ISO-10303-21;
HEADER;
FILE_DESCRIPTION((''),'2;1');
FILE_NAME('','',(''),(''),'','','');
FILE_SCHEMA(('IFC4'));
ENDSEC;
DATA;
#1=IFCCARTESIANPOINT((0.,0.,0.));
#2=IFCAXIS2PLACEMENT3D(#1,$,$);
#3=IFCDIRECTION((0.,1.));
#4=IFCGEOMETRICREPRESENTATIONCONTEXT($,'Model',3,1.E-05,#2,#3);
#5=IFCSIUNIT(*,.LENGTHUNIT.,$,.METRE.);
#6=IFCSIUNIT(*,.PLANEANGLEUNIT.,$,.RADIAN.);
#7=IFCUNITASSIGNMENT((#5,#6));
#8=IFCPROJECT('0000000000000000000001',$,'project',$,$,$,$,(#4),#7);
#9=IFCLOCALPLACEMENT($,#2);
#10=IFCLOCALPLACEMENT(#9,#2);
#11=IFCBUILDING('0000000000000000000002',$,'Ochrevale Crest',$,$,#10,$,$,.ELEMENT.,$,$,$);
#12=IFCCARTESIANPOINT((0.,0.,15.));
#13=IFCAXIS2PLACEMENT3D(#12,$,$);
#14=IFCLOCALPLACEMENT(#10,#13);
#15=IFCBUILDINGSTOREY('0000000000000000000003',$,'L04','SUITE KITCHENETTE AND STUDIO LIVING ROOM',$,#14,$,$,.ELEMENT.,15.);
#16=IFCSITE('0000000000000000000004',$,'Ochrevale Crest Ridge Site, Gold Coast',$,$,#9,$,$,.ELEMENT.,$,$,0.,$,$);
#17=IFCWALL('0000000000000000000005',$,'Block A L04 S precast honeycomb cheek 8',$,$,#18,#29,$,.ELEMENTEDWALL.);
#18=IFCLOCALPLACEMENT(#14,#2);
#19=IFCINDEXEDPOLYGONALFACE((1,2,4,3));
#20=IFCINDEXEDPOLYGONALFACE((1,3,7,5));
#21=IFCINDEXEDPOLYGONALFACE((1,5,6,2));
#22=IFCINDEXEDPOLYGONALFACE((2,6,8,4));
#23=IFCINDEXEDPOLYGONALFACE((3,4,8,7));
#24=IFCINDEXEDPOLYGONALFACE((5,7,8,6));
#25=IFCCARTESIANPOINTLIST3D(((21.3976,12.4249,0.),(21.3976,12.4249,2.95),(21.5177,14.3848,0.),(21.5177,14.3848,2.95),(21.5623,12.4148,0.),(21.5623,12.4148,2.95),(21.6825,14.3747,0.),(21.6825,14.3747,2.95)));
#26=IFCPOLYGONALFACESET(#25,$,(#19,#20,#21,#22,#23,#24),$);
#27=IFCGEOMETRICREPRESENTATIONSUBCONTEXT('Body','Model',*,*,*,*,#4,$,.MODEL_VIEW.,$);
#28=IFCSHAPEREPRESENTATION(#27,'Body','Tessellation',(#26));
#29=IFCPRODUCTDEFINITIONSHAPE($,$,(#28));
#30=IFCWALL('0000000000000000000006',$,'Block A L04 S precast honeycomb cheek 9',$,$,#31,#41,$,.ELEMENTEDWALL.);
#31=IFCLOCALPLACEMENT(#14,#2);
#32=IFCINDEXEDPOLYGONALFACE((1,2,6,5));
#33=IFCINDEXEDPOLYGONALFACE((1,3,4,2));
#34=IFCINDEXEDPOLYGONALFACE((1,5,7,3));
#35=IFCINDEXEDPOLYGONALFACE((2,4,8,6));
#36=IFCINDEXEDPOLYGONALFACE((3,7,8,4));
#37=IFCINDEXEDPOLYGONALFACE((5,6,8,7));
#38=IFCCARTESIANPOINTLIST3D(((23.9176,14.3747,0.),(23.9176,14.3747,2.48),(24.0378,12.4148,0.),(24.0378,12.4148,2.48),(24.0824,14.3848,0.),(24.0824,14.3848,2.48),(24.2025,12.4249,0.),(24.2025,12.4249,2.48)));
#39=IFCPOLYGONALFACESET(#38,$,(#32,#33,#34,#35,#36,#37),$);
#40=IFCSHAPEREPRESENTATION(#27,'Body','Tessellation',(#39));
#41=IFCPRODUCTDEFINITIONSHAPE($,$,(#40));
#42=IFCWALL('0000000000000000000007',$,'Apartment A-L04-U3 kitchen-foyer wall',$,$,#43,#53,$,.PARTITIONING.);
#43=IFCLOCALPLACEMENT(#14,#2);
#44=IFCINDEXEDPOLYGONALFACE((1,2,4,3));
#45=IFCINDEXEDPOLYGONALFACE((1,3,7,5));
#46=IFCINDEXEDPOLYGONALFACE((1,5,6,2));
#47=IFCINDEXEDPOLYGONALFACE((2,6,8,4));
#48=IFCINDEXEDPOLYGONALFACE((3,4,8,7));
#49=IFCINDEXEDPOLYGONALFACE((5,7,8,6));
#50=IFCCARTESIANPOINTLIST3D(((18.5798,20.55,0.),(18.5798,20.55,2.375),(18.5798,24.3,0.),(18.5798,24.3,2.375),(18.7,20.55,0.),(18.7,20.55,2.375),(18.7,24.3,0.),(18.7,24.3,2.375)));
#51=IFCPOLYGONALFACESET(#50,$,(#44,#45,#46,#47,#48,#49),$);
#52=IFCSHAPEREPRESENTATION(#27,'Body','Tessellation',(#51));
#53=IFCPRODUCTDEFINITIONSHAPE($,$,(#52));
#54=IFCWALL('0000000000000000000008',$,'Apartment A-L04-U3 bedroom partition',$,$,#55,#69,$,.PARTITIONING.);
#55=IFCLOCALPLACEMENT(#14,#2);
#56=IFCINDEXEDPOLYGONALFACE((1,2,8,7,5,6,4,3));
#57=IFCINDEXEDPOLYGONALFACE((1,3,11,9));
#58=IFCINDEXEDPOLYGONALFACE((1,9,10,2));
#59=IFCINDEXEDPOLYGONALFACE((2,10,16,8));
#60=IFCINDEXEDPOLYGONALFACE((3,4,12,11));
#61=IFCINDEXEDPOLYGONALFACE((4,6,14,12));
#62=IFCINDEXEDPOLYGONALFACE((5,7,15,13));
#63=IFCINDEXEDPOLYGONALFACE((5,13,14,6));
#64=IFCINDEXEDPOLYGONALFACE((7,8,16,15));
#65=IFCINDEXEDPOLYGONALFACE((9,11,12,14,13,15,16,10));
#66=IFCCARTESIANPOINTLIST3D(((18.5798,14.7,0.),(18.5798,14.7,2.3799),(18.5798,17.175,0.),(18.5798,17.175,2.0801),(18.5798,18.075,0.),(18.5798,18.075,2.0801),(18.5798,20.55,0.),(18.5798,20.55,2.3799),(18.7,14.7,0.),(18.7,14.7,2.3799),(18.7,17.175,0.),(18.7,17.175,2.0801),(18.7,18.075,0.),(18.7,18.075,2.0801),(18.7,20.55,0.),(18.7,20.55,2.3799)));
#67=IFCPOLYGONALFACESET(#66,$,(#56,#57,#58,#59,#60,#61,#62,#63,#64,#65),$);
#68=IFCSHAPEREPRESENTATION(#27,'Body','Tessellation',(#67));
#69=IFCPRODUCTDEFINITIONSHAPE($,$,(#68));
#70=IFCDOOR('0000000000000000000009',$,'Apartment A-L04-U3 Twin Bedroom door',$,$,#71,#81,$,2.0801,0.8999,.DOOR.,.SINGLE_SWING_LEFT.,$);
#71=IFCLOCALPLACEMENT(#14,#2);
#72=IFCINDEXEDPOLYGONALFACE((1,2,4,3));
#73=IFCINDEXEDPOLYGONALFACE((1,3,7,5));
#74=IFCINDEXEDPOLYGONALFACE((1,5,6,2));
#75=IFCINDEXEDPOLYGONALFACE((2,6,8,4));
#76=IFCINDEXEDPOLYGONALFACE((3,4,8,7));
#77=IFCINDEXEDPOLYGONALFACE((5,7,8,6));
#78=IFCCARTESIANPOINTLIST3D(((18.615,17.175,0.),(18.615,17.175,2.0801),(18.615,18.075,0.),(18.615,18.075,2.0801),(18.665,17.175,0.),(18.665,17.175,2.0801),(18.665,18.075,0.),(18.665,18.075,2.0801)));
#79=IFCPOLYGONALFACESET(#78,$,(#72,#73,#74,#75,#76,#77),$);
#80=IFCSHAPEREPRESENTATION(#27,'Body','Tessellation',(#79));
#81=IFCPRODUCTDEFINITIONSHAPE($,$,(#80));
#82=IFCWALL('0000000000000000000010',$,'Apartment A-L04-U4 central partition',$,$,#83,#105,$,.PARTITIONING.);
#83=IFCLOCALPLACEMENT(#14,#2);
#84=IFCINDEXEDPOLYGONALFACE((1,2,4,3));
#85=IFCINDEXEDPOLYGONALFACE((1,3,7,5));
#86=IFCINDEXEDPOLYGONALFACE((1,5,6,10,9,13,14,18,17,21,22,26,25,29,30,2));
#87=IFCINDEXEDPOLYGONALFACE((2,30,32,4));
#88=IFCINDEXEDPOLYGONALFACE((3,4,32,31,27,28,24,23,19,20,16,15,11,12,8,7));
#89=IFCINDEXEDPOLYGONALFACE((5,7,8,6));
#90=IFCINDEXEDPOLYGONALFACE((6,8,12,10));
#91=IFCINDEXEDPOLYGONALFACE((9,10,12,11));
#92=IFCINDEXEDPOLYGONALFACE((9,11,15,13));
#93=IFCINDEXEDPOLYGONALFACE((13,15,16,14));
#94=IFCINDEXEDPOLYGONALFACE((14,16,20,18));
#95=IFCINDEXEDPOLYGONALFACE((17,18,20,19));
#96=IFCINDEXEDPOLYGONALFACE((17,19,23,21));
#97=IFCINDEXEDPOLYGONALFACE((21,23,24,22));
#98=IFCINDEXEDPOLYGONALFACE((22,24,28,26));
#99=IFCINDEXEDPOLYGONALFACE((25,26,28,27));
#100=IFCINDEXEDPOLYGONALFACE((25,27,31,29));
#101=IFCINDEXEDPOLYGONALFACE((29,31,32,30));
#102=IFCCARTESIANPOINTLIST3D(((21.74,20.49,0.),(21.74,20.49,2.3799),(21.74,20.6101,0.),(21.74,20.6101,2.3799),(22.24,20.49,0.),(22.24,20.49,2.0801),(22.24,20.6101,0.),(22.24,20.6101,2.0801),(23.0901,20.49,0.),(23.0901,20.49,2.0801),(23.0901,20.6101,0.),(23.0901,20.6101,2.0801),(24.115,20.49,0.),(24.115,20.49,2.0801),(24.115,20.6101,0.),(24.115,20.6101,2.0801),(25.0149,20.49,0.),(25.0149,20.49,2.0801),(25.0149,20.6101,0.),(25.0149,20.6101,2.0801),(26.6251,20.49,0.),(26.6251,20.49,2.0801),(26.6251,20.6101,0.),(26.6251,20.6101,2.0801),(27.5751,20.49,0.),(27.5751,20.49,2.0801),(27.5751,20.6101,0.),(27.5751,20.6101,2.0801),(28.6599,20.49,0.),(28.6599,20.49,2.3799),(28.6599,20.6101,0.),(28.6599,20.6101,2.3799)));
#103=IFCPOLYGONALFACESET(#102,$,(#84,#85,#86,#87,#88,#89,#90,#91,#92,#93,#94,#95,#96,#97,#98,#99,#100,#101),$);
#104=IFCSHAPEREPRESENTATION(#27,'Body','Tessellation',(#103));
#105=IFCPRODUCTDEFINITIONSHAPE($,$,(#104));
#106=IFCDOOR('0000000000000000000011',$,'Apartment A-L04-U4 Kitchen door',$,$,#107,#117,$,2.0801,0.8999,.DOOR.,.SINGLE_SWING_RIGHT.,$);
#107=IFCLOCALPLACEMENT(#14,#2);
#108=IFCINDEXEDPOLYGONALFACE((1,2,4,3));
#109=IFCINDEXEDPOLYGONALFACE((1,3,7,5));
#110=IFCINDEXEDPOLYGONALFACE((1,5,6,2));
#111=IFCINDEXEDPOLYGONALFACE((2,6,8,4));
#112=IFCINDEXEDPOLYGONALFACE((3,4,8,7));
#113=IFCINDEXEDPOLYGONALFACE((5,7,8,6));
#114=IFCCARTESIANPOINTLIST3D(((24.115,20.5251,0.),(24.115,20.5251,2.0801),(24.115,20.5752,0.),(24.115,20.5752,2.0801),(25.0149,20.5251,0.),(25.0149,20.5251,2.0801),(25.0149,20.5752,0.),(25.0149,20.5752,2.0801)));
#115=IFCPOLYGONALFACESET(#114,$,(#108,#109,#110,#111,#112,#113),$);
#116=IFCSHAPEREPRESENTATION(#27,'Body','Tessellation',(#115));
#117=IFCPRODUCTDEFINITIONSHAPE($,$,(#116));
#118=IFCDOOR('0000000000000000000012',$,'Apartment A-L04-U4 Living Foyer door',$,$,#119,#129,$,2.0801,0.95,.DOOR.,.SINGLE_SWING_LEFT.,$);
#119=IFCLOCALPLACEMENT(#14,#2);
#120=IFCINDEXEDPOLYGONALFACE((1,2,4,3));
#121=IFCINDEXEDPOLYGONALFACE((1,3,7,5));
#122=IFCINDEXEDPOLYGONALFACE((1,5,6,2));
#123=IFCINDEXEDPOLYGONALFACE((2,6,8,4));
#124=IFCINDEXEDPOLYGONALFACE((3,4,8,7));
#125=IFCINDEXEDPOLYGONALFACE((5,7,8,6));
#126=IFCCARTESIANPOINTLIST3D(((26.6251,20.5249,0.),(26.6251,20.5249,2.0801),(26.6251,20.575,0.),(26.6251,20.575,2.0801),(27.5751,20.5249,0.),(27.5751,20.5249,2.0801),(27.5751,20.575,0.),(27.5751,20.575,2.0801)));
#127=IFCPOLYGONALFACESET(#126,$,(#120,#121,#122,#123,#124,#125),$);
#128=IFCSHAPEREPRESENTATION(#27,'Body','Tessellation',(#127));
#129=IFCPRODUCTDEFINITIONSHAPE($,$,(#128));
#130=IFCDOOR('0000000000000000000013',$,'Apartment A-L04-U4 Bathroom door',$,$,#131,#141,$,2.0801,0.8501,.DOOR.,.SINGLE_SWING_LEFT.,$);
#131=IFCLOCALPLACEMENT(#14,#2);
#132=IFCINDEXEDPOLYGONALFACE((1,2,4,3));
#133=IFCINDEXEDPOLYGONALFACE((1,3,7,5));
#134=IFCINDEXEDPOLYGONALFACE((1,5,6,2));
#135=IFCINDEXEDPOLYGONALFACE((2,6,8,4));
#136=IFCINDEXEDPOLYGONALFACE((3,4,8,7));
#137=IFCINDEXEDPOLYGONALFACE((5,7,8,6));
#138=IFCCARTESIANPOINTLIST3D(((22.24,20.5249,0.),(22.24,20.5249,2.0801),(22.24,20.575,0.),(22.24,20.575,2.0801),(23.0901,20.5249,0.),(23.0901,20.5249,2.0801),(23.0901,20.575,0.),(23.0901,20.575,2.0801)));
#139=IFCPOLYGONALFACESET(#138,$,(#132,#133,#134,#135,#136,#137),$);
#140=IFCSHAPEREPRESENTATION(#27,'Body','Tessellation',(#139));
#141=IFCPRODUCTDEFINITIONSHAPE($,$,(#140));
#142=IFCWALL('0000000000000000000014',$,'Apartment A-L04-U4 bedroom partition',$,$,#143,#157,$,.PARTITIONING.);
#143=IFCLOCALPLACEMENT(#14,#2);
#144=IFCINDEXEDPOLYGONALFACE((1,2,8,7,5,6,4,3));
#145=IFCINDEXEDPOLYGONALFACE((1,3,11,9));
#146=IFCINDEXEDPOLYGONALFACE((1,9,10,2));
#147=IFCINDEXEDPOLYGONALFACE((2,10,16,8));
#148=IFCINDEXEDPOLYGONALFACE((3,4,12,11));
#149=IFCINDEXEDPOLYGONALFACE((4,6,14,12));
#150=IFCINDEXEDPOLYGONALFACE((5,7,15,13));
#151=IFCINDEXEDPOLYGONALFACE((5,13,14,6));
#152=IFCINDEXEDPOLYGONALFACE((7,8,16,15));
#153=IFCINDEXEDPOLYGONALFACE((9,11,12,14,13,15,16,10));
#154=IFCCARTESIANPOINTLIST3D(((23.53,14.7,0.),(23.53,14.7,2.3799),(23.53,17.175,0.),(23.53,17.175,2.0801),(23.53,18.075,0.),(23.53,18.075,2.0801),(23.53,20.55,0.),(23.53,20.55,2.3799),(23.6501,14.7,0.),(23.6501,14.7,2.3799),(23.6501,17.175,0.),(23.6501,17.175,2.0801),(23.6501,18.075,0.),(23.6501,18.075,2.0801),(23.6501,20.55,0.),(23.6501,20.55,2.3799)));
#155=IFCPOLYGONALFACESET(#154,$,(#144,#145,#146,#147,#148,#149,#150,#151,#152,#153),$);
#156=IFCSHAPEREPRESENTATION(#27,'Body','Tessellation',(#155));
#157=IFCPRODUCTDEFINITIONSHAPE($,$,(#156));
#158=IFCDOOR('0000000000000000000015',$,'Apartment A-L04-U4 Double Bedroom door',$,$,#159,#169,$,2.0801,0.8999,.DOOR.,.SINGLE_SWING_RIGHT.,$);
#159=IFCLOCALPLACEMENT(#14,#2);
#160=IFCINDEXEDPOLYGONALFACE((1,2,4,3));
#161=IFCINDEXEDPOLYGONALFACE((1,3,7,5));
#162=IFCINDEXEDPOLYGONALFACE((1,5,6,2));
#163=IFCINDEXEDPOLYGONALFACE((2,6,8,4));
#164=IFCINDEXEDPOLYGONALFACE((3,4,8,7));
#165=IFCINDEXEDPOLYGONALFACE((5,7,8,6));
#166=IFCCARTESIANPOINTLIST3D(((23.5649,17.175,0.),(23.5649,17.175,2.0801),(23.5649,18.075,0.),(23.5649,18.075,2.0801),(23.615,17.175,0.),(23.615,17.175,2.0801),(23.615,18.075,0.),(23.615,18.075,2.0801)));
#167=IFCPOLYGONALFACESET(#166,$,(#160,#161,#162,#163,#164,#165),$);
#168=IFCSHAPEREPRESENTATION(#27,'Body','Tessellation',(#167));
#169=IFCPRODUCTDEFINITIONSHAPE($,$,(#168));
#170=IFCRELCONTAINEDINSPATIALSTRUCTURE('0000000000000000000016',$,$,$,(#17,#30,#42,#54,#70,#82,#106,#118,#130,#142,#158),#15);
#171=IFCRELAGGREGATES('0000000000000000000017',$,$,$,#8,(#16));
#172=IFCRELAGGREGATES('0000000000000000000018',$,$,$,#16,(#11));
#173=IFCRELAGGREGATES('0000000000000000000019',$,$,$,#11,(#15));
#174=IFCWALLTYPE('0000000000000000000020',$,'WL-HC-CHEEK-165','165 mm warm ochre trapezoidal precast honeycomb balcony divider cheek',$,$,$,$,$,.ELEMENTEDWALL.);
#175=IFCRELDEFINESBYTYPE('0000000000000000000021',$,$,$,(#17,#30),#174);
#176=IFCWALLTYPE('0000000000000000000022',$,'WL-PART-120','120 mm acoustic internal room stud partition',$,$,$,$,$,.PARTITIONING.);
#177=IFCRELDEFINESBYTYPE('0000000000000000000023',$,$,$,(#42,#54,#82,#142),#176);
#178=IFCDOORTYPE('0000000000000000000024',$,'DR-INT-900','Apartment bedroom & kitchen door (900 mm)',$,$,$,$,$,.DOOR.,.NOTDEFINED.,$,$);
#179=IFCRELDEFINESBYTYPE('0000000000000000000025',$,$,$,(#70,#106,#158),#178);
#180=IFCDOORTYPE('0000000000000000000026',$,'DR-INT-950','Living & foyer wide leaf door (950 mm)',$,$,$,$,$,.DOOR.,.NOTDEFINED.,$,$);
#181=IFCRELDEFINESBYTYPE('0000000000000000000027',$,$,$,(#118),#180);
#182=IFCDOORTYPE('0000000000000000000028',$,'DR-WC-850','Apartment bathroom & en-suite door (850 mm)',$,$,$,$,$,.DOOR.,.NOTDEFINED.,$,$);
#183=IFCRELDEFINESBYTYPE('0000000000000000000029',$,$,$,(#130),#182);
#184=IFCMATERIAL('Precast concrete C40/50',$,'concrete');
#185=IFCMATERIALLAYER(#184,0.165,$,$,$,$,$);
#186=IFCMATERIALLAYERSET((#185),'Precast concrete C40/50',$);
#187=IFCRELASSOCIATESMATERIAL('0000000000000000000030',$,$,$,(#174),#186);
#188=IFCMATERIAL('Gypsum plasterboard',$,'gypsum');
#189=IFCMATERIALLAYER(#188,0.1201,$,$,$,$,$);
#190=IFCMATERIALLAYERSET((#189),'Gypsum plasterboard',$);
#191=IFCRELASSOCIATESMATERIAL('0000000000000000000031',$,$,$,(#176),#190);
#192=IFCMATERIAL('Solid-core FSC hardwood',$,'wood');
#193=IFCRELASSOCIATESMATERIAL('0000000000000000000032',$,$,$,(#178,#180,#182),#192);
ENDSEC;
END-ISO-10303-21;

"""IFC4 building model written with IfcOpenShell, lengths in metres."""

from ifc_helpers import new_model, si_unit, direction, frame, frame_2d, origin, place, context, subcontext, project, spatial, rectangle, extrude, material, layer, layer_set, type_object, element, fill, save


model = new_model("IFC4")

# Units and contexts
model_context = context("Model", 3, precision=1e-05, world=origin(), true_north=direction((0.0, 1.0)))
body_context = subcontext(model_context, "Body", "Model", "MODEL_VIEW")
ifc_project = project(units=[si_unit("LENGTHUNIT", "METRE"), si_unit("PLANEANGLEUNIT", "RADIAN")], contexts=[model_context])

# Site, building, storey
site_placement = place(None, origin())
site = spatial("IfcSite", under=ifc_project, at=site_placement, Name="Ochrevale Crest Ridge Site, Gold Coast", CompositionType="ELEMENT", RefElevation=0.0)
building_placement = place(site_placement, origin())
building = spatial("IfcBuilding", under=site, at=building_placement, Name="Ochrevale Crest", CompositionType="ELEMENT")
storey_placement = place(building_placement, frame((0.0, 0.0, 15.0)))
storey = spatial("IfcBuildingStorey", under=building, at=storey_placement, Name="L04", Description="SUITE KITCHENETTE AND STUDIO LIVING ROOM", CompositionType="ELEMENT", Elevation=15.0)

# Shared definitions
ifc_material_1 = material(Name="Precast concrete C40/50", Category="concrete")

# Walls
ifc_layer_1 = layer(ifc_material_1, 0.165)
ifc_layer_set_1 = layer_set([ifc_layer_1], Name="Precast concrete C40/50")
wall_type_1 = type_object("IfcWallType", Name="WL-HC-CHEEK-165", Description="165 mm warm ochre trapezoidal precast honeycomb balcony divider cheek", PredefinedType="ELEMENTEDWALL", material=ifc_layer_set_1)
wall_1_placement = place(storey_placement, frame((21.6001, 14.3799, 0.0), z_axis=(0.0, 0.0, 1.0), x_axis=(-0.061171, -0.998127, 0.0)))
element("IfcWall", 1, at=wall_1_placement, inside=storey, type_object=wall_type_1, Name="Block A L04 S precast honeycomb cheek 8", PredefinedType="ELEMENTEDWALL", context=body_context, shape_type="SweptSolid", body=[
    extrude(rectangle(XDim=1.9636, YDim=0.165, at=frame_2d((0.9819, 0.0))), origin(), (0.0, 0.0, 1.0), 2.95),
])
wall_2_placement = place(storey_placement, frame((24.0, 14.3799, 0.0), z_axis=(0.0, 0.0, 1.0), x_axis=(0.061171, -0.998127, 0.0)))
element("IfcWall", 2, at=wall_2_placement, inside=storey, type_object=wall_type_1, Name="Block A L04 S precast honeycomb cheek 9", PredefinedType="ELEMENTEDWALL", context=body_context, shape_type="SweptSolid", body=[
    extrude(rectangle(XDim=1.9636, YDim=0.165, at=frame_2d((0.9819, 0.0))), origin(), (0.0, 0.0, 1.0), 2.48),
])
ifc_material_2 = material(Name="Gypsum plasterboard", Category="gypsum")
ifc_layer_2 = layer(ifc_material_2, 0.1201)
ifc_layer_set_2 = layer_set([ifc_layer_2], Name="Gypsum plasterboard")
wall_type_2 = type_object("IfcWallType", Name="WL-PART-120", Description="120 mm acoustic internal room stud partition", PredefinedType="PARTITIONING", material=ifc_layer_set_2)
wall_3_placement = place(storey_placement, frame((18.6399, 20.55, 0.0), z_axis=(0.0, 0.0, 1.0), x_axis=(0.0, 1.0, 0.0)))
element("IfcWall", 3, at=wall_3_placement, inside=storey, type_object=wall_type_2, Name="Apartment A-L04-U3 kitchen-foyer wall", PredefinedType="PARTITIONING", context=body_context, shape_type="SweptSolid", body=[
    extrude(rectangle(XDim=3.75, YDim=0.1201, at=frame_2d((1.875, 0.0))), origin(), (0.0, 0.0, 1.0), 2.375),
])

# Wall, opening, door
wall_4_placement = place(storey_placement, frame((18.6399, 14.7, 0.0), z_axis=(0.0, 0.0, 1.0), x_axis=(0.0, 1.0, 0.0)))
wall_4 = element("IfcWall", 4, at=wall_4_placement, inside=storey, type_object=wall_type_2, Name="Apartment A-L04-U3 bedroom partition", PredefinedType="PARTITIONING", context=body_context, shape_type="SweptSolid", body=[
    extrude(rectangle(XDim=5.8501, YDim=0.1201, at=frame_2d((2.925, 0.0))), origin(), (0.0, 0.0, 1.0), 2.3799),
])
opening_1_placement = place(wall_4_placement, frame((2.4751, 0.0, 0.0)))
opening_1 = element("IfcOpeningElement", 5, at=opening_1_placement, cuts=wall_4, PredefinedType="OPENING", context=body_context, shape_type="SweptSolid", body=[
    extrude(rectangle(XDim=0.8999, YDim=2.0801, at=frame_2d((0.45, 1.04))), frame((0.0, 0.0701, 0.0), z_axis=(0.0, -1.0, 0.0), x_axis=(1.0, 0.0, 0.0)), (0.0, 0.0, 1.0), 0.1401),
])
ifc_material_3 = material(Name="Solid-core FSC hardwood", Category="wood")
door_type_1 = type_object("IfcDoorType", Name="DR-INT-900", Description="Apartment bedroom & kitchen door (900 mm)", OperationType="NOTDEFINED", PredefinedType="DOOR", material=ifc_material_3)
door_1_placement = place(opening_1_placement, origin())
door_1 = element("IfcDoor", 6, at=door_1_placement, inside=storey, type_object=door_type_1, Name="Apartment A-L04-U3 Twin Bedroom door", OperationType="SINGLE_SWING_LEFT", OverallHeight=2.0801, OverallWidth=0.8999, PredefinedType="DOOR", context=body_context, shape_type="SweptSolid", body=[
    extrude(rectangle(XDim=0.8999, YDim=2.0801, at=frame_2d((0.45, 1.04))), frame((0.0, 0.0249, 0.0), z_axis=(0.0, -1.0, 0.0), x_axis=(1.0, 0.0, 0.0)), (0.0, 0.0, 1.0), 0.05),
])
fill(opening_1, door_1)

# Wall, openings, doors
wall_5_placement = place(storey_placement, frame((21.74, 20.55, 0.0), z_axis=(0.0, 0.0, 1.0), x_axis=(1.0, 0.0, 0.0)))
wall_5 = element("IfcWall", 7, at=wall_5_placement, inside=storey, type_object=wall_type_2, Name="Apartment A-L04-U4 central partition", PredefinedType="PARTITIONING", context=body_context, shape_type="SweptSolid", body=[
    extrude(rectangle(XDim=6.9199, YDim=0.1201, at=frame_2d((3.46, 0.0))), origin(), (0.0, 0.0, 1.0), 2.3799),
])
opening_2_placement = place(wall_5_placement, frame((0.5, 0.0, 0.0)))
opening_2 = element("IfcOpeningElement", 8, at=opening_2_placement, cuts=wall_5, PredefinedType="OPENING", context=body_context, shape_type="SweptSolid", body=[
    extrude(rectangle(XDim=0.8501, YDim=2.0801, at=frame_2d((0.425, 1.04))), frame((0.0, 0.0701, 0.0), z_axis=(0.0, -1.0, 0.0), x_axis=(1.0, 0.0, 0.0)), (0.0, 0.0, 1.0), 0.1401),
])
opening_3_placement = place(wall_5_placement, frame((3.2749, 0.0, 0.0), z_axis=(0.0, 0.0, 1.0), x_axis=(-1.0, 0.0, 0.0)))
opening_3 = element("IfcOpeningElement", 9, at=opening_3_placement, cuts=wall_5, PredefinedType="OPENING", context=body_context, shape_type="SweptSolid", body=[
    extrude(rectangle(XDim=0.8999, YDim=2.0801, at=frame_2d((0.45, 1.04))), frame((0.0, 0.0701, 0.0), z_axis=(0.0, -1.0, 0.0), x_axis=(1.0, 0.0, 0.0)), (0.0, 0.0, 1.0), 0.1401),
])
opening_4_placement = place(wall_5_placement, frame((4.885, 0.0, 0.0)))
opening_4 = element("IfcOpeningElement", 10, at=opening_4_placement, cuts=wall_5, PredefinedType="OPENING", context=body_context, shape_type="SweptSolid", body=[
    extrude(rectangle(XDim=0.95, YDim=2.0801, at=frame_2d((0.4751, 1.04))), frame((0.0, 0.0701, 0.0), z_axis=(0.0, -1.0, 0.0), x_axis=(1.0, 0.0, 0.0)), (0.0, 0.0, 1.0), 0.1401),
])
door_2_placement = place(opening_3_placement, origin())
door_2 = element("IfcDoor", 11, at=door_2_placement, inside=storey, type_object=door_type_1, Name="Apartment A-L04-U4 Kitchen door", OperationType="SINGLE_SWING_RIGHT", OverallHeight=2.0801, OverallWidth=0.8999, PredefinedType="DOOR", context=body_context, shape_type="SweptSolid", body=[
    extrude(rectangle(XDim=0.8999, YDim=2.0801, at=frame_2d((0.45, 1.04))), frame((0.0, 0.0249, 0.0), z_axis=(0.0, -1.0, 0.0), x_axis=(1.0, 0.0, 0.0)), (0.0, 0.0, 1.0), 0.05),
])
fill(opening_3, door_2)
door_type_2 = type_object("IfcDoorType", Name="DR-INT-950", Description="Living & foyer wide leaf door (950 mm)", OperationType="NOTDEFINED", PredefinedType="DOOR", material=ifc_material_3)
door_3_placement = place(opening_4_placement, origin())
door_3 = element("IfcDoor", 12, at=door_3_placement, inside=storey, type_object=door_type_2, Name="Apartment A-L04-U4 Living Foyer door", OperationType="SINGLE_SWING_LEFT", OverallHeight=2.0801, OverallWidth=0.95, PredefinedType="DOOR", context=body_context, shape_type="SweptSolid", body=[
    extrude(rectangle(XDim=0.95, YDim=2.0801, at=frame_2d((0.4751, 1.04))), frame((0.0, 0.0249, 0.0), z_axis=(0.0, -1.0, 0.0), x_axis=(1.0, 0.0, 0.0)), (0.0, 0.0, 1.0), 0.05),
])
fill(opening_4, door_3)
door_type_3 = type_object("IfcDoorType", Name="DR-WC-850", Description="Apartment bathroom & en-suite door (850 mm)", OperationType="NOTDEFINED", PredefinedType="DOOR", material=ifc_material_3)
door_4_placement = place(opening_2_placement, origin())
door_4 = element("IfcDoor", 13, at=door_4_placement, inside=storey, type_object=door_type_3, Name="Apartment A-L04-U4 Bathroom door", OperationType="SINGLE_SWING_LEFT", OverallHeight=2.0801, OverallWidth=0.8501, PredefinedType="DOOR", context=body_context, shape_type="SweptSolid", body=[
    extrude(rectangle(XDim=0.8501, YDim=2.0801, at=frame_2d((0.425, 1.04))), frame((0.0, 0.0249, 0.0), z_axis=(0.0, -1.0, 0.0), x_axis=(1.0, 0.0, 0.0)), (0.0, 0.0, 1.0), 0.05),
])
fill(opening_2, door_4)

# Wall, opening, door
wall_6_placement = place(storey_placement, frame((23.5901, 14.7, 0.0), z_axis=(0.0, 0.0, 1.0), x_axis=(0.0, 1.0, 0.0)))
wall_6 = element("IfcWall", 14, at=wall_6_placement, inside=storey, type_object=wall_type_2, Name="Apartment A-L04-U4 bedroom partition", PredefinedType="PARTITIONING", context=body_context, shape_type="SweptSolid", body=[
    extrude(rectangle(XDim=5.8501, YDim=0.1201, at=frame_2d((2.925, 0.0))), origin(), (0.0, 0.0, 1.0), 2.3799),
])
opening_5_placement = place(wall_6_placement, frame((3.375, 0.0, 0.0), z_axis=(0.0, 0.0, 1.0), x_axis=(-1.0, 0.0, 0.0)))
opening_5 = element("IfcOpeningElement", 15, at=opening_5_placement, cuts=wall_6, PredefinedType="OPENING", context=body_context, shape_type="SweptSolid", body=[
    extrude(rectangle(XDim=0.8999, YDim=2.0801, at=frame_2d((0.45, 1.04))), frame((0.0, 0.0701, 0.0), z_axis=(0.0, -1.0, 0.0), x_axis=(1.0, 0.0, 0.0)), (0.0, 0.0, 1.0), 0.1401),
])
door_5_placement = place(opening_5_placement, origin())
door_5 = element("IfcDoor", 16, at=door_5_placement, inside=storey, type_object=door_type_1, Name="Apartment A-L04-U4 Double Bedroom door", OperationType="SINGLE_SWING_RIGHT", OverallHeight=2.0801, OverallWidth=0.8999, PredefinedType="DOOR", context=body_context, shape_type="SweptSolid", body=[
    extrude(rectangle(XDim=0.8999, YDim=2.0801, at=frame_2d((0.45, 1.04))), frame((0.0, 0.0249, 0.0), z_axis=(0.0, -1.0, 0.0), x_axis=(1.0, 0.0, 0.0)), (0.0, 0.0, 1.0), 0.05),
])
fill(opening_5, door_5)

save(model, "model.ifc")
